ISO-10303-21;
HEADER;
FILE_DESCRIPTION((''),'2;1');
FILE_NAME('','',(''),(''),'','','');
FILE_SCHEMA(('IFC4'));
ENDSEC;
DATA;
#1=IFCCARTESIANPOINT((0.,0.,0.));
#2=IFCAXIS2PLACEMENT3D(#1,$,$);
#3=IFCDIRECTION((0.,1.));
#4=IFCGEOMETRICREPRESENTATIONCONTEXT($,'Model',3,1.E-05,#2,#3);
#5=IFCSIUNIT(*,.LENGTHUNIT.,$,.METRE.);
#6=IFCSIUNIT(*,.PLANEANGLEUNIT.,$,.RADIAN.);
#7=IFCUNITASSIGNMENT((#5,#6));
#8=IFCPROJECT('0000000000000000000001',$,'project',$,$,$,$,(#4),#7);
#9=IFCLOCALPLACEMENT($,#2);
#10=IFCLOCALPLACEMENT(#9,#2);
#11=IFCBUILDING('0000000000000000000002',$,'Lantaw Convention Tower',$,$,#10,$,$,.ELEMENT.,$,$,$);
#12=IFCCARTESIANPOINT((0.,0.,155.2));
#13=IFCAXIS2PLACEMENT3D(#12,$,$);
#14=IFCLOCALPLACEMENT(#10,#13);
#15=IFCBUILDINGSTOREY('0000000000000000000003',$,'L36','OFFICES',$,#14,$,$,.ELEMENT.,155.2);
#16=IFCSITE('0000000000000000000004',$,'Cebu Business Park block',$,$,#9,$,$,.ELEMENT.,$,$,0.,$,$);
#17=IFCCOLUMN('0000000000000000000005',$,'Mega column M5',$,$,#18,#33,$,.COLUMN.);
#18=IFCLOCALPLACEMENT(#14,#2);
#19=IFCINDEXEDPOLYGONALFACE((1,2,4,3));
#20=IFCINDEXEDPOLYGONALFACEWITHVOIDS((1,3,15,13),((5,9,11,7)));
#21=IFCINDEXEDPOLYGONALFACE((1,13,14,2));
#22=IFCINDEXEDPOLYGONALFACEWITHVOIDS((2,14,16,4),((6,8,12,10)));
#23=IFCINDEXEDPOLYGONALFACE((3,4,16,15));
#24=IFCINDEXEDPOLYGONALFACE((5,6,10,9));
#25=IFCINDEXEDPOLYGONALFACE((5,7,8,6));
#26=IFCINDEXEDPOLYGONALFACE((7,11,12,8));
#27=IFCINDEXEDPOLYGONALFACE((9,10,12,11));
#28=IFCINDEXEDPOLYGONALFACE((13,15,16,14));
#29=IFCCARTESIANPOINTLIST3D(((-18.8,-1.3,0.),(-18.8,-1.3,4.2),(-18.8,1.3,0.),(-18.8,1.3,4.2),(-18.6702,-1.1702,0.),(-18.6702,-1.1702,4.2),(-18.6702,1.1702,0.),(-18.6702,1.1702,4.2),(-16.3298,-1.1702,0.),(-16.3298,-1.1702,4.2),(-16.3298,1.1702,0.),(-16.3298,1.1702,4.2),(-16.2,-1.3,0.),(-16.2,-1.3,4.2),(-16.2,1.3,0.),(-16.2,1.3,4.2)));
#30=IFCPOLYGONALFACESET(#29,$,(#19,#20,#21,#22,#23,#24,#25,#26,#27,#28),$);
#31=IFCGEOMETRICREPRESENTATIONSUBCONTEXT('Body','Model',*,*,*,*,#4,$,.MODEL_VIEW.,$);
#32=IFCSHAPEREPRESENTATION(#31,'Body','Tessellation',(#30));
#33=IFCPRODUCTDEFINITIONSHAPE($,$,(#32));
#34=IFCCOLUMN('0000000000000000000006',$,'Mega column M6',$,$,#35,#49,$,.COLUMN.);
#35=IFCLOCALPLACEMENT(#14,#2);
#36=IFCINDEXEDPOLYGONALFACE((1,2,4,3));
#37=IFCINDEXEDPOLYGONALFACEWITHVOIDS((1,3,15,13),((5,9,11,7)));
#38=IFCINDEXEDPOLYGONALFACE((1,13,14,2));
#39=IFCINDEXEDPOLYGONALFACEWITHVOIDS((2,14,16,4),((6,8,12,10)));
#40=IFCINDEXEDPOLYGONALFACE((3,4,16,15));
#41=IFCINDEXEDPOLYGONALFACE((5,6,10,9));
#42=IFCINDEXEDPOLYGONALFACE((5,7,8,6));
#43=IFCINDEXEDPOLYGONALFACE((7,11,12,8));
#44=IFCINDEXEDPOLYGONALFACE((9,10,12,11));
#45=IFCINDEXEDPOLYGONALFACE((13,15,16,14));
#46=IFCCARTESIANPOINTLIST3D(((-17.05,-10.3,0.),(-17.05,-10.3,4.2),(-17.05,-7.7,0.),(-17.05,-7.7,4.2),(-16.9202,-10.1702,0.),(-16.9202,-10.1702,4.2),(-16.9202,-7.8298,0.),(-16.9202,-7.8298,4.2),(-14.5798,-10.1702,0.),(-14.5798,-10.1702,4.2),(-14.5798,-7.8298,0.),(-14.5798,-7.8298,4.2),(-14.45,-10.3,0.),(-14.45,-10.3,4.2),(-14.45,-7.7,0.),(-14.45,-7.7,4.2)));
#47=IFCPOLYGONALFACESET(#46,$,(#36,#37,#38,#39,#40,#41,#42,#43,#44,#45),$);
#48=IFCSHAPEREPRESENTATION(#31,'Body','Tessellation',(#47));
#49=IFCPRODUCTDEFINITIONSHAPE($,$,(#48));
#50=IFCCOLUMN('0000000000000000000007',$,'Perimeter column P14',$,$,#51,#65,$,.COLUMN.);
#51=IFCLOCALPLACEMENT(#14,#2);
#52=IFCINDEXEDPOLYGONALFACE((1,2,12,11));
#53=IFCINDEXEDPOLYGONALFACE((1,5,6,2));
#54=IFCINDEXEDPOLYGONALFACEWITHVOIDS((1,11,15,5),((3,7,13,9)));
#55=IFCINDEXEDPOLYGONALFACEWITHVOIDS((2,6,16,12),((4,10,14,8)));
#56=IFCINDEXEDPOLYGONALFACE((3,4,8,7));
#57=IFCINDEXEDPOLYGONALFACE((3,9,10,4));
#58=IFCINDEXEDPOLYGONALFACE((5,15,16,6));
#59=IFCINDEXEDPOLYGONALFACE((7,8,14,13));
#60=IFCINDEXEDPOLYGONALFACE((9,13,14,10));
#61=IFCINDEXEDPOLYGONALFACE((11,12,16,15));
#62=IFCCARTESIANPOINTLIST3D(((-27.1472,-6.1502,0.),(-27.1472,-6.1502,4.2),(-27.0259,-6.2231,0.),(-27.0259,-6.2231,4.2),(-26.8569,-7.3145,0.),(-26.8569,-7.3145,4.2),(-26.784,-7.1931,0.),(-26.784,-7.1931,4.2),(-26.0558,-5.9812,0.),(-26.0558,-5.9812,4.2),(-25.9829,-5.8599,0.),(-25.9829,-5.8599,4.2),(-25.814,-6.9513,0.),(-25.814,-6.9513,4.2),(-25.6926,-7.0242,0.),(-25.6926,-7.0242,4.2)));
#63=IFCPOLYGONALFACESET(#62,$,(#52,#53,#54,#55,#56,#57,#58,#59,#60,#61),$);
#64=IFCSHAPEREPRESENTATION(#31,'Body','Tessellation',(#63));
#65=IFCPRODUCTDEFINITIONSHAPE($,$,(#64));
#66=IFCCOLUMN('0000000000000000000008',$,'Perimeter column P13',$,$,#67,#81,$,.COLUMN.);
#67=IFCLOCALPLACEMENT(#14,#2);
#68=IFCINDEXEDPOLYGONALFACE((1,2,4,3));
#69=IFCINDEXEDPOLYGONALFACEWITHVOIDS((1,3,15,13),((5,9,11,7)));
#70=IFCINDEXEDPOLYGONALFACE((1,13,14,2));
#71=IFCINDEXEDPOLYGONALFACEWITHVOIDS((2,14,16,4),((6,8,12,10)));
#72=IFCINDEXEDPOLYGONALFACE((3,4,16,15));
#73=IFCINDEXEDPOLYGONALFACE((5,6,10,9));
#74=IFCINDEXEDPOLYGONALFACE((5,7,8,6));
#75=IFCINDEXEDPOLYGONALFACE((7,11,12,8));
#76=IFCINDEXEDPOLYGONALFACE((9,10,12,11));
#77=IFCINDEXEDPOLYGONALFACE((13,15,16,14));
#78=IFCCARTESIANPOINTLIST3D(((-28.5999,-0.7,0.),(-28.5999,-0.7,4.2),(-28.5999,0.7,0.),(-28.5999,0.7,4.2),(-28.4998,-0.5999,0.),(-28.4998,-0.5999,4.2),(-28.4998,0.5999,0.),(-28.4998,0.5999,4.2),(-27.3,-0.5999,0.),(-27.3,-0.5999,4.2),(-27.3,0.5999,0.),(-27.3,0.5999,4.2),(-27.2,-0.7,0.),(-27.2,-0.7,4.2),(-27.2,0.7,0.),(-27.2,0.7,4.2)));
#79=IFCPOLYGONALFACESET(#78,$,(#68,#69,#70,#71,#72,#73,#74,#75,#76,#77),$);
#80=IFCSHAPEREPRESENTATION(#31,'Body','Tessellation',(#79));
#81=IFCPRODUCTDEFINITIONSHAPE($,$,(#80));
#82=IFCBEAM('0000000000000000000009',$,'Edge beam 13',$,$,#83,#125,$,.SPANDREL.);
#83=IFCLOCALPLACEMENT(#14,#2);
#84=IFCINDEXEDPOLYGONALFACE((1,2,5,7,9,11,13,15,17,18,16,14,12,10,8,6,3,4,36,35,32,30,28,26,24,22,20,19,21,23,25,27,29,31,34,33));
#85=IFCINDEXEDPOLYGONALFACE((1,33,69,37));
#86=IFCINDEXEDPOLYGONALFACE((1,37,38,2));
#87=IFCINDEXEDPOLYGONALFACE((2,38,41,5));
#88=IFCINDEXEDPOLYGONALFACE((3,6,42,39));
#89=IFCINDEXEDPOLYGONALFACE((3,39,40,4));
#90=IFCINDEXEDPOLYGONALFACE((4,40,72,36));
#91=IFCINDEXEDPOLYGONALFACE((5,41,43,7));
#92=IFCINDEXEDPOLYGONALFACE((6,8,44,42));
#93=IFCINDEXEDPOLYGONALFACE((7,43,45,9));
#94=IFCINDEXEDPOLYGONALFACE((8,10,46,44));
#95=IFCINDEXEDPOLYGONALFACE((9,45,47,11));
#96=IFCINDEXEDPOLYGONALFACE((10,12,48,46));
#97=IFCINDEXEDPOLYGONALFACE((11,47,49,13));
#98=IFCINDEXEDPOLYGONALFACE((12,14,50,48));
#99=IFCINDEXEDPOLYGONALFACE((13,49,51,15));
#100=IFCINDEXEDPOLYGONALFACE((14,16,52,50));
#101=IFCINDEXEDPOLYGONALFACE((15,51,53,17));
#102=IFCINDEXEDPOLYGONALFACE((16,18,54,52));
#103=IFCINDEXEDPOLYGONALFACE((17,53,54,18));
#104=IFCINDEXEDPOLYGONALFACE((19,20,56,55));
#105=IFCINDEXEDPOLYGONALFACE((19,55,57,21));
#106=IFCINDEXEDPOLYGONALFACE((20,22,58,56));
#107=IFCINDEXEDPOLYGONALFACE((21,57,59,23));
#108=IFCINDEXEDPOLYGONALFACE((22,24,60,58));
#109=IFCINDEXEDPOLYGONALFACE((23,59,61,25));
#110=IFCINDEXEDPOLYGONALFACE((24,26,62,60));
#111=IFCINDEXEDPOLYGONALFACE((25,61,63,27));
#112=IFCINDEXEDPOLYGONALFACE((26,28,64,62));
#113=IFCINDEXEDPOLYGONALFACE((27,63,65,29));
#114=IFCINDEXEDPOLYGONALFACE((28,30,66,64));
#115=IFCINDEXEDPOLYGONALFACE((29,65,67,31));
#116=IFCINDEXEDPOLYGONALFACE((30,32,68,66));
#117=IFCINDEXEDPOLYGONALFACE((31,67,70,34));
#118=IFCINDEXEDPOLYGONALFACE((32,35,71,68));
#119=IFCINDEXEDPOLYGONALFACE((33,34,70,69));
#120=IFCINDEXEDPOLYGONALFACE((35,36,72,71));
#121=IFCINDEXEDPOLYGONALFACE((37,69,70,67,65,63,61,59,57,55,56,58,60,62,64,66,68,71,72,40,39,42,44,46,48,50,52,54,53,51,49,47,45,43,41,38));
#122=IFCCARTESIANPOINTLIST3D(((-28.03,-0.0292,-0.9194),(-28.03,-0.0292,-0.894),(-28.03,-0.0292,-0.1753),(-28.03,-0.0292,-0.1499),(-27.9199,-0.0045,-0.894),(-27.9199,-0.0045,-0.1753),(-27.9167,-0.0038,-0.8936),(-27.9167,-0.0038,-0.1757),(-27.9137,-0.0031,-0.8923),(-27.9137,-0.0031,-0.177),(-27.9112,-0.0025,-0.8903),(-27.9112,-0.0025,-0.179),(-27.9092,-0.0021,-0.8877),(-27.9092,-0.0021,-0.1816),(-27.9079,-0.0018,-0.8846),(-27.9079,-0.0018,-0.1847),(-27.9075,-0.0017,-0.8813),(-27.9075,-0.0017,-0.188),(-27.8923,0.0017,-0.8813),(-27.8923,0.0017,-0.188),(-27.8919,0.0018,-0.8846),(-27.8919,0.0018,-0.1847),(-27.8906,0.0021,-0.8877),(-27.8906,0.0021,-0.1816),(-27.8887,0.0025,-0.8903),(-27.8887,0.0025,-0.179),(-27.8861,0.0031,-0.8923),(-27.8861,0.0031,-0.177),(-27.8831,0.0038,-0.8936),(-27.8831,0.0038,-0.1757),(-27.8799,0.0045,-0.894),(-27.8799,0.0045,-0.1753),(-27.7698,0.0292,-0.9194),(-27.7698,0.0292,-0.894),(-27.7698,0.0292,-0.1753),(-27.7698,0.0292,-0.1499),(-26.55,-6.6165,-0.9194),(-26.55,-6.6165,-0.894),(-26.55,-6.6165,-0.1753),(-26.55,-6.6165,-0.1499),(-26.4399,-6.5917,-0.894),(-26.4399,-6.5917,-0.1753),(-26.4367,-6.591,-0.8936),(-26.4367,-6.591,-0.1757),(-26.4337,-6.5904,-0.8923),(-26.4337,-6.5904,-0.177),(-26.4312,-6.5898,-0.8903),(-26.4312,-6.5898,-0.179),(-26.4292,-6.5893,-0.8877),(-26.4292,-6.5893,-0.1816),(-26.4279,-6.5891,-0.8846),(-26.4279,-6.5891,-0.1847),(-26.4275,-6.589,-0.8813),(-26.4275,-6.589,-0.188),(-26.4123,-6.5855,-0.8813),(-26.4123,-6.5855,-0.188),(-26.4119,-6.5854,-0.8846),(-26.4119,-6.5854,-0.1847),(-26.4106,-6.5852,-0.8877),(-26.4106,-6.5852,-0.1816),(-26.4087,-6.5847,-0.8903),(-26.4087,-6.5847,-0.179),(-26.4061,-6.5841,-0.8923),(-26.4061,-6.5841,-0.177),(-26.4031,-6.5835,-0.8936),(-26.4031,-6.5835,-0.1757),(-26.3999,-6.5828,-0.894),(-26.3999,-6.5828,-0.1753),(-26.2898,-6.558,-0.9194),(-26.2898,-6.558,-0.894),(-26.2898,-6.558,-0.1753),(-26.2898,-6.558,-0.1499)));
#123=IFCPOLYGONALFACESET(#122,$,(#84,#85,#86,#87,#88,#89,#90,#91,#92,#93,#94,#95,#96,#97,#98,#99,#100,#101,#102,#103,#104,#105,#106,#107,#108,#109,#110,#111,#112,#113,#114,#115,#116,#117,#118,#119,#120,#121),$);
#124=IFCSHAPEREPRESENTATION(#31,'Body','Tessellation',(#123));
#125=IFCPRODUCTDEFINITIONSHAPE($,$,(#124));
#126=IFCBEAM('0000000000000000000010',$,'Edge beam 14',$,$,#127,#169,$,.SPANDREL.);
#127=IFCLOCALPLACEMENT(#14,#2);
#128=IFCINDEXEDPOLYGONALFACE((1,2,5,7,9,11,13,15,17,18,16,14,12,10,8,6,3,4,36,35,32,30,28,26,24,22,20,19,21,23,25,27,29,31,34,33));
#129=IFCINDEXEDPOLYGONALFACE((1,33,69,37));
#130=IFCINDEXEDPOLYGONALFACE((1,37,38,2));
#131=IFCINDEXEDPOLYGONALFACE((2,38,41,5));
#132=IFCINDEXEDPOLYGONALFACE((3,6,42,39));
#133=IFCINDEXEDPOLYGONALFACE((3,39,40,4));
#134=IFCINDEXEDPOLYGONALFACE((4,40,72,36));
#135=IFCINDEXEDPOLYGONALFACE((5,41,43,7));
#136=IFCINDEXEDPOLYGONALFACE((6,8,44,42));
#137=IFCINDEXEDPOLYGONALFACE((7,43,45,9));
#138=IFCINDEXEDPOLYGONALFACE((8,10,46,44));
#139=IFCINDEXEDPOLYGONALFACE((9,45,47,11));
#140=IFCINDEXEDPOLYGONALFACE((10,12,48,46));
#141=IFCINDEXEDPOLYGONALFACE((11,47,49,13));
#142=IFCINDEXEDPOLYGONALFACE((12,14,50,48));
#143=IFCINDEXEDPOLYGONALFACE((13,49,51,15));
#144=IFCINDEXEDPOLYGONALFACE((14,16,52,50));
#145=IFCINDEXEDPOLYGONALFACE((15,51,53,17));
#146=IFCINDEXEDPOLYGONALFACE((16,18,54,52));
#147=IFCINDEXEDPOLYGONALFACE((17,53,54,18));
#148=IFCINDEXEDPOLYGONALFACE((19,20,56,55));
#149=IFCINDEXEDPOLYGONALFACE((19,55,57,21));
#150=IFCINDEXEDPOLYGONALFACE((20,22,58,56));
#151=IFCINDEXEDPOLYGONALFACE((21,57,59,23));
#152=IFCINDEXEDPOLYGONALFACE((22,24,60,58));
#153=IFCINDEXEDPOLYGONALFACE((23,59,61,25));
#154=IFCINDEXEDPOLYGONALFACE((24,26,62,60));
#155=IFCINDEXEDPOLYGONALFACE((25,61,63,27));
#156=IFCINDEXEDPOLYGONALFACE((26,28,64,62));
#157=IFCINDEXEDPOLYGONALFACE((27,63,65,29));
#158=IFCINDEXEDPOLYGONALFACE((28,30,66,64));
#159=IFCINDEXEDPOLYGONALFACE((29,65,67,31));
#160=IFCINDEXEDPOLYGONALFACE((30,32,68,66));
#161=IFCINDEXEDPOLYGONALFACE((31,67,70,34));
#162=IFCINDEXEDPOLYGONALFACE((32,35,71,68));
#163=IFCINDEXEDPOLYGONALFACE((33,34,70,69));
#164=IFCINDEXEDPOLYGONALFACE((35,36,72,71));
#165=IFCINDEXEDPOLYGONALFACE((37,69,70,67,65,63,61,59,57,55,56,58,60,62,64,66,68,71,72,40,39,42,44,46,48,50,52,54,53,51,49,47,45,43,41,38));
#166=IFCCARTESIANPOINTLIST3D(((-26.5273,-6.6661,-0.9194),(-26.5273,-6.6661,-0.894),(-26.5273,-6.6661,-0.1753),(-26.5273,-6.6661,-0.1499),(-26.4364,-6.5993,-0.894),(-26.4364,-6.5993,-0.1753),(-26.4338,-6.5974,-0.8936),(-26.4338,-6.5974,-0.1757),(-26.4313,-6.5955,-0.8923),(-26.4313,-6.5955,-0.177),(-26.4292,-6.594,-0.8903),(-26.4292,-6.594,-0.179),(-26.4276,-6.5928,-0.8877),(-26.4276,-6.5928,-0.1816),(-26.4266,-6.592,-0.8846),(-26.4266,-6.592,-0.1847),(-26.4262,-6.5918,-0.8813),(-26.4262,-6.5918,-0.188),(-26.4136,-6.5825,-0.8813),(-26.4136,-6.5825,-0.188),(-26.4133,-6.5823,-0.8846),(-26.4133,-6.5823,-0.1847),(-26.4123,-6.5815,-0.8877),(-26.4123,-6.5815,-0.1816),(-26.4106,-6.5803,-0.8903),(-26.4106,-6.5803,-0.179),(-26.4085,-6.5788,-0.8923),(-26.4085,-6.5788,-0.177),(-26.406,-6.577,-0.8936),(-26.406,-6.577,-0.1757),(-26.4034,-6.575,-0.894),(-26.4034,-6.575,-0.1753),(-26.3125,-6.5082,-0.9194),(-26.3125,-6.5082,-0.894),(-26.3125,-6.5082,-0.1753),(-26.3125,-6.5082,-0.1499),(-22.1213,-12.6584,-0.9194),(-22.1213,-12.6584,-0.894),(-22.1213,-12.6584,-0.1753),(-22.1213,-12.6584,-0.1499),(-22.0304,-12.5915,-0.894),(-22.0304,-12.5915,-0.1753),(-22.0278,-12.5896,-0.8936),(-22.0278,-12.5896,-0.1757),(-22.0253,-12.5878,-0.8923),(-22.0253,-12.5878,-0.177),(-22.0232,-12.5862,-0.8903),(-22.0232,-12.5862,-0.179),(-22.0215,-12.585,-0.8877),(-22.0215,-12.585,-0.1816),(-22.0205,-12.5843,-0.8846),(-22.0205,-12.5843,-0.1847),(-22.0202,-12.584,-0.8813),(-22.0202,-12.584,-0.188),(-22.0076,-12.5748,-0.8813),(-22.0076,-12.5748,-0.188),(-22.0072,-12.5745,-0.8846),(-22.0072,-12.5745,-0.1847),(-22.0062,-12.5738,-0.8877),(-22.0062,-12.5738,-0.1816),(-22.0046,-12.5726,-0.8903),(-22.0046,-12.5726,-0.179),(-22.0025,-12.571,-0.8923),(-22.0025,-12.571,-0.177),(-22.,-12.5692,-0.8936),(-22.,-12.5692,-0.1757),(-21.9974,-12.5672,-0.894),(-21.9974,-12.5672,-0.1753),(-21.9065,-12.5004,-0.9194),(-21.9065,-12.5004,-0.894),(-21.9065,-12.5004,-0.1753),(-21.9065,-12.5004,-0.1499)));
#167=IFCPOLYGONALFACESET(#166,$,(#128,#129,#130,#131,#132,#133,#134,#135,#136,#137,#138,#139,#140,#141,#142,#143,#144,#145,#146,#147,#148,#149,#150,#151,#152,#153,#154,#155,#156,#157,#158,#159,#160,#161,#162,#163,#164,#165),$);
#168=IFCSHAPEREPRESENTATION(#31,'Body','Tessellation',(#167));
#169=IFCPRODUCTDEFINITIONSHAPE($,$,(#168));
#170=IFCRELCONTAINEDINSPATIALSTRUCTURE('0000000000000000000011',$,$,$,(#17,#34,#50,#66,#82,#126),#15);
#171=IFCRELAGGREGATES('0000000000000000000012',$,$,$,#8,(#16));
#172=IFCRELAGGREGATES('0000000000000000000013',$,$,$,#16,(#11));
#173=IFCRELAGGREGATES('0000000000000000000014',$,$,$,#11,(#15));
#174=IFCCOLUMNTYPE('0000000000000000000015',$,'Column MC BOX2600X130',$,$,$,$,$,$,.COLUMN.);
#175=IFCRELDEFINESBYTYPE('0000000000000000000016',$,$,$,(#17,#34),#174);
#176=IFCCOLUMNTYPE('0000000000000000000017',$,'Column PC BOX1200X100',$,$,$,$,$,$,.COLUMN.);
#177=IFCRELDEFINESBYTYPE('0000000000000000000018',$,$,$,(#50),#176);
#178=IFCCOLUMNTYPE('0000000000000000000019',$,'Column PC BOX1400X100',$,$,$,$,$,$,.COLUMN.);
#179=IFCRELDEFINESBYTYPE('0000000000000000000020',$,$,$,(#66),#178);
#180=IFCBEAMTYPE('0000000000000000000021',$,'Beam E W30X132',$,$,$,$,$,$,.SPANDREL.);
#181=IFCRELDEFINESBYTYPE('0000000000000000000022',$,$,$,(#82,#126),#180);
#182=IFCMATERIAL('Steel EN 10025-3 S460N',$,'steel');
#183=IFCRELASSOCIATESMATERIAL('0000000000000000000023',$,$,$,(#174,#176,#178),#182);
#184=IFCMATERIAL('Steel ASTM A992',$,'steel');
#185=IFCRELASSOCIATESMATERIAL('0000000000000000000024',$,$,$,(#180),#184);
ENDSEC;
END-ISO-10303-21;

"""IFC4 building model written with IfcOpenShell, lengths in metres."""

from ifc_helpers import new_model, si_unit, direction, frame, origin, origin_2d, place, context, subcontext, project, spatial, rectangle, hollow_rectangle, i_section, extrude, material, material_profile, profile_set, type_object, element, save


model = new_model("IFC4")

# Units and contexts
model_context = context("Model", 3, precision=1e-05, world=origin(), true_north=direction((0.0, 1.0)))
body_context = subcontext(model_context, "Body", "Model", "MODEL_VIEW")
ifc_project = project(units=[si_unit("LENGTHUNIT", "METRE"), si_unit("PLANEANGLEUNIT", "RADIAN")], contexts=[model_context])

# Site, building, storey
site_placement = place(None, origin())
site = spatial("IfcSite", under=ifc_project, at=site_placement, Name="Cebu Business Park block", CompositionType="ELEMENT", RefElevation=0.0)
building_placement = place(site_placement, origin())
building = spatial("IfcBuilding", under=site, at=building_placement, Name="Lantaw Convention Tower", CompositionType="ELEMENT")
storey_placement = place(building_placement, frame((0.0, 0.0, 155.2)))
storey = spatial("IfcBuildingStorey", under=building, at=storey_placement, Name="L36", Description="OFFICES", CompositionType="ELEMENT", Elevation=155.2)

# Columns
ifc_material_1 = material(Name="Steel EN 10025-3 S460N", Category="steel")
ifc_material_profile_1 = material_profile(ifc_material_1, hollow_rectangle(XDim=2.6001, YDim=2.6001, WallThickness=0.1299, at=origin_2d()), Name="BOX2600X130")
ifc_material_2 = material(Name="Concrete C60/75", Category="concrete")
ifc_material_profile_2 = material_profile(ifc_material_2, rectangle(XDim=2.3401, YDim=2.3401, at=origin_2d()), Name="Concrete fill of BOX2600X130")
ifc_profile_set_1 = profile_set([ifc_material_profile_1, ifc_material_profile_2], Name="Steel EN 10025-3 S460N")
column_type_1 = type_object("IfcColumnType", Name="Column MC BOX2600X130", PredefinedType="COLUMN", material=ifc_profile_set_1)
for number, where, z_axis, x_axis, name in (
    (1, (-17.5, 0.0, 0.0), (0.0, 0.0, 1.0), (1.0, 0.0, 0.0), "Mega column M5"),
    (2, (-15.75, -9.0, 0.0), (0.0, 0.0, 1.0), (1.0, 0.0, 0.0), "Mega column M6"),
):
    element("IfcColumn", number, at=place(storey_placement, frame(where, z_axis=z_axis, x_axis=x_axis)), inside=storey, type_object=column_type_1, Name=name, PredefinedType="COLUMN", context=body_context, shape_type="SweptSolid", body=[
        extrude(hollow_rectangle(XDim=2.6001, YDim=2.6001, WallThickness=0.1299, at=origin_2d()), origin(), (0.0, 0.0, 1.0), 4.2),
    ])
ifc_material_profile_3 = material_profile(ifc_material_1, hollow_rectangle(XDim=1.2, YDim=1.2, WallThickness=0.1001, at=origin_2d()), Name="BOX1200X100")
ifc_material_profile_4 = material_profile(ifc_material_2, rectangle(XDim=1.0, YDim=1.0, at=origin_2d()), Name="Concrete fill of BOX1200X100")
ifc_profile_set_2 = profile_set([ifc_material_profile_3, ifc_material_profile_4], Name="Steel EN 10025-3 S460N")
column_type_2 = type_object("IfcColumnType", Name="Column PC BOX1200X100", PredefinedType="COLUMN", material=ifc_profile_set_2)
column_1_placement = place(storey_placement, frame((-26.4199, -6.5872, 0.0), z_axis=(0.0, 0.0, 1.0), x_axis=(0.970296, 0.241922, 0.0)))
element("IfcColumn", 3, at=column_1_placement, inside=storey, type_object=column_type_2, Name="Perimeter column P14", PredefinedType="COLUMN", context=body_context, shape_type="SweptSolid", body=[
    extrude(hollow_rectangle(XDim=1.2, YDim=1.2, WallThickness=0.1001, at=origin_2d()), origin(), (0.0, 0.0, 1.0), 4.2),
])
ifc_material_profile_5 = material_profile(ifc_material_1, hollow_rectangle(XDim=1.3999, YDim=1.3999, WallThickness=0.1001, at=origin_2d()), Name="BOX1400X100")
ifc_material_profile_6 = material_profile(ifc_material_2, rectangle(XDim=1.2, YDim=1.2, at=origin_2d()), Name="Concrete fill of BOX1400X100")
ifc_profile_set_3 = profile_set([ifc_material_profile_5, ifc_material_profile_6], Name="Steel EN 10025-3 S460N")
column_type_3 = type_object("IfcColumnType", Name="Column PC BOX1400X100", PredefinedType="COLUMN", material=ifc_profile_set_3)
column_2_placement = place(storey_placement, frame((-27.8999, 0.0, 0.0), z_axis=(0.0, 0.0, 1.0), x_axis=(1.0, 0.0, 0.0)))
element("IfcColumn", 4, at=column_2_placement, inside=storey, type_object=column_type_3, Name="Perimeter column P13", PredefinedType="COLUMN", context=body_context, shape_type="SweptSolid", body=[
    extrude(hollow_rectangle(XDim=1.3999, YDim=1.3999, WallThickness=0.1001, at=origin_2d()), origin(), (0.0, 0.0, 1.0), 4.2),
])

# Beams
ifc_material_3 = material(Name="Steel ASTM A992", Category="steel")
ifc_material_profile_7 = material_profile(ifc_material_3, i_section(OverallWidth=0.2666, OverallDepth=0.7695, WebThickness=0.0156, FlangeThickness=0.0254, FilletRadius=0.0127, at=origin_2d()), Name="W30X132")
ifc_profile_set_4 = profile_set([ifc_material_profile_7], Name="Steel ASTM A992")
beam_type_1 = type_object("IfcBeamType", Name="Beam E W30X132", PredefinedType="SPANDREL", material=ifc_profile_set_4)
beam_1_placement = place(storey_placement, frame((-27.8999, 0.0, -0.5347), z_axis=(0.219212, -0.975677, 0.0), x_axis=(0.975677, 0.219212, 0.0)))
element("IfcBeam", 5, at=beam_1_placement, inside=storey, type_object=beam_type_1, Name="Edge beam 13", PredefinedType="SPANDREL", context=body_context, shape_type="SweptSolid", body=[
    extrude(i_section(OverallWidth=0.2666, OverallDepth=0.7695, WebThickness=0.0156, FlangeThickness=0.0254, FilletRadius=0.0127, at=origin_2d()), origin(), (0.0, 0.0, 1.0), 6.7515),
])
beam_2_placement = place(storey_placement, frame((-26.4199, -6.5872, -0.5347), z_axis=(0.592389, -0.805652, 0.0), x_axis=(0.805652, 0.592389, 0.0)))
element("IfcBeam", 6, at=beam_2_placement, inside=storey, type_object=beam_type_1, Name="Edge beam 14", PredefinedType="SPANDREL", context=body_context, shape_type="SweptSolid", body=[
    extrude(i_section(OverallWidth=0.2666, OverallDepth=0.7695, WebThickness=0.0156, FlangeThickness=0.0254, FilletRadius=0.0127, at=origin_2d()), origin(), (0.0, 0.0, 1.0), 7.4377),
])

save(model, "model.ifc")
